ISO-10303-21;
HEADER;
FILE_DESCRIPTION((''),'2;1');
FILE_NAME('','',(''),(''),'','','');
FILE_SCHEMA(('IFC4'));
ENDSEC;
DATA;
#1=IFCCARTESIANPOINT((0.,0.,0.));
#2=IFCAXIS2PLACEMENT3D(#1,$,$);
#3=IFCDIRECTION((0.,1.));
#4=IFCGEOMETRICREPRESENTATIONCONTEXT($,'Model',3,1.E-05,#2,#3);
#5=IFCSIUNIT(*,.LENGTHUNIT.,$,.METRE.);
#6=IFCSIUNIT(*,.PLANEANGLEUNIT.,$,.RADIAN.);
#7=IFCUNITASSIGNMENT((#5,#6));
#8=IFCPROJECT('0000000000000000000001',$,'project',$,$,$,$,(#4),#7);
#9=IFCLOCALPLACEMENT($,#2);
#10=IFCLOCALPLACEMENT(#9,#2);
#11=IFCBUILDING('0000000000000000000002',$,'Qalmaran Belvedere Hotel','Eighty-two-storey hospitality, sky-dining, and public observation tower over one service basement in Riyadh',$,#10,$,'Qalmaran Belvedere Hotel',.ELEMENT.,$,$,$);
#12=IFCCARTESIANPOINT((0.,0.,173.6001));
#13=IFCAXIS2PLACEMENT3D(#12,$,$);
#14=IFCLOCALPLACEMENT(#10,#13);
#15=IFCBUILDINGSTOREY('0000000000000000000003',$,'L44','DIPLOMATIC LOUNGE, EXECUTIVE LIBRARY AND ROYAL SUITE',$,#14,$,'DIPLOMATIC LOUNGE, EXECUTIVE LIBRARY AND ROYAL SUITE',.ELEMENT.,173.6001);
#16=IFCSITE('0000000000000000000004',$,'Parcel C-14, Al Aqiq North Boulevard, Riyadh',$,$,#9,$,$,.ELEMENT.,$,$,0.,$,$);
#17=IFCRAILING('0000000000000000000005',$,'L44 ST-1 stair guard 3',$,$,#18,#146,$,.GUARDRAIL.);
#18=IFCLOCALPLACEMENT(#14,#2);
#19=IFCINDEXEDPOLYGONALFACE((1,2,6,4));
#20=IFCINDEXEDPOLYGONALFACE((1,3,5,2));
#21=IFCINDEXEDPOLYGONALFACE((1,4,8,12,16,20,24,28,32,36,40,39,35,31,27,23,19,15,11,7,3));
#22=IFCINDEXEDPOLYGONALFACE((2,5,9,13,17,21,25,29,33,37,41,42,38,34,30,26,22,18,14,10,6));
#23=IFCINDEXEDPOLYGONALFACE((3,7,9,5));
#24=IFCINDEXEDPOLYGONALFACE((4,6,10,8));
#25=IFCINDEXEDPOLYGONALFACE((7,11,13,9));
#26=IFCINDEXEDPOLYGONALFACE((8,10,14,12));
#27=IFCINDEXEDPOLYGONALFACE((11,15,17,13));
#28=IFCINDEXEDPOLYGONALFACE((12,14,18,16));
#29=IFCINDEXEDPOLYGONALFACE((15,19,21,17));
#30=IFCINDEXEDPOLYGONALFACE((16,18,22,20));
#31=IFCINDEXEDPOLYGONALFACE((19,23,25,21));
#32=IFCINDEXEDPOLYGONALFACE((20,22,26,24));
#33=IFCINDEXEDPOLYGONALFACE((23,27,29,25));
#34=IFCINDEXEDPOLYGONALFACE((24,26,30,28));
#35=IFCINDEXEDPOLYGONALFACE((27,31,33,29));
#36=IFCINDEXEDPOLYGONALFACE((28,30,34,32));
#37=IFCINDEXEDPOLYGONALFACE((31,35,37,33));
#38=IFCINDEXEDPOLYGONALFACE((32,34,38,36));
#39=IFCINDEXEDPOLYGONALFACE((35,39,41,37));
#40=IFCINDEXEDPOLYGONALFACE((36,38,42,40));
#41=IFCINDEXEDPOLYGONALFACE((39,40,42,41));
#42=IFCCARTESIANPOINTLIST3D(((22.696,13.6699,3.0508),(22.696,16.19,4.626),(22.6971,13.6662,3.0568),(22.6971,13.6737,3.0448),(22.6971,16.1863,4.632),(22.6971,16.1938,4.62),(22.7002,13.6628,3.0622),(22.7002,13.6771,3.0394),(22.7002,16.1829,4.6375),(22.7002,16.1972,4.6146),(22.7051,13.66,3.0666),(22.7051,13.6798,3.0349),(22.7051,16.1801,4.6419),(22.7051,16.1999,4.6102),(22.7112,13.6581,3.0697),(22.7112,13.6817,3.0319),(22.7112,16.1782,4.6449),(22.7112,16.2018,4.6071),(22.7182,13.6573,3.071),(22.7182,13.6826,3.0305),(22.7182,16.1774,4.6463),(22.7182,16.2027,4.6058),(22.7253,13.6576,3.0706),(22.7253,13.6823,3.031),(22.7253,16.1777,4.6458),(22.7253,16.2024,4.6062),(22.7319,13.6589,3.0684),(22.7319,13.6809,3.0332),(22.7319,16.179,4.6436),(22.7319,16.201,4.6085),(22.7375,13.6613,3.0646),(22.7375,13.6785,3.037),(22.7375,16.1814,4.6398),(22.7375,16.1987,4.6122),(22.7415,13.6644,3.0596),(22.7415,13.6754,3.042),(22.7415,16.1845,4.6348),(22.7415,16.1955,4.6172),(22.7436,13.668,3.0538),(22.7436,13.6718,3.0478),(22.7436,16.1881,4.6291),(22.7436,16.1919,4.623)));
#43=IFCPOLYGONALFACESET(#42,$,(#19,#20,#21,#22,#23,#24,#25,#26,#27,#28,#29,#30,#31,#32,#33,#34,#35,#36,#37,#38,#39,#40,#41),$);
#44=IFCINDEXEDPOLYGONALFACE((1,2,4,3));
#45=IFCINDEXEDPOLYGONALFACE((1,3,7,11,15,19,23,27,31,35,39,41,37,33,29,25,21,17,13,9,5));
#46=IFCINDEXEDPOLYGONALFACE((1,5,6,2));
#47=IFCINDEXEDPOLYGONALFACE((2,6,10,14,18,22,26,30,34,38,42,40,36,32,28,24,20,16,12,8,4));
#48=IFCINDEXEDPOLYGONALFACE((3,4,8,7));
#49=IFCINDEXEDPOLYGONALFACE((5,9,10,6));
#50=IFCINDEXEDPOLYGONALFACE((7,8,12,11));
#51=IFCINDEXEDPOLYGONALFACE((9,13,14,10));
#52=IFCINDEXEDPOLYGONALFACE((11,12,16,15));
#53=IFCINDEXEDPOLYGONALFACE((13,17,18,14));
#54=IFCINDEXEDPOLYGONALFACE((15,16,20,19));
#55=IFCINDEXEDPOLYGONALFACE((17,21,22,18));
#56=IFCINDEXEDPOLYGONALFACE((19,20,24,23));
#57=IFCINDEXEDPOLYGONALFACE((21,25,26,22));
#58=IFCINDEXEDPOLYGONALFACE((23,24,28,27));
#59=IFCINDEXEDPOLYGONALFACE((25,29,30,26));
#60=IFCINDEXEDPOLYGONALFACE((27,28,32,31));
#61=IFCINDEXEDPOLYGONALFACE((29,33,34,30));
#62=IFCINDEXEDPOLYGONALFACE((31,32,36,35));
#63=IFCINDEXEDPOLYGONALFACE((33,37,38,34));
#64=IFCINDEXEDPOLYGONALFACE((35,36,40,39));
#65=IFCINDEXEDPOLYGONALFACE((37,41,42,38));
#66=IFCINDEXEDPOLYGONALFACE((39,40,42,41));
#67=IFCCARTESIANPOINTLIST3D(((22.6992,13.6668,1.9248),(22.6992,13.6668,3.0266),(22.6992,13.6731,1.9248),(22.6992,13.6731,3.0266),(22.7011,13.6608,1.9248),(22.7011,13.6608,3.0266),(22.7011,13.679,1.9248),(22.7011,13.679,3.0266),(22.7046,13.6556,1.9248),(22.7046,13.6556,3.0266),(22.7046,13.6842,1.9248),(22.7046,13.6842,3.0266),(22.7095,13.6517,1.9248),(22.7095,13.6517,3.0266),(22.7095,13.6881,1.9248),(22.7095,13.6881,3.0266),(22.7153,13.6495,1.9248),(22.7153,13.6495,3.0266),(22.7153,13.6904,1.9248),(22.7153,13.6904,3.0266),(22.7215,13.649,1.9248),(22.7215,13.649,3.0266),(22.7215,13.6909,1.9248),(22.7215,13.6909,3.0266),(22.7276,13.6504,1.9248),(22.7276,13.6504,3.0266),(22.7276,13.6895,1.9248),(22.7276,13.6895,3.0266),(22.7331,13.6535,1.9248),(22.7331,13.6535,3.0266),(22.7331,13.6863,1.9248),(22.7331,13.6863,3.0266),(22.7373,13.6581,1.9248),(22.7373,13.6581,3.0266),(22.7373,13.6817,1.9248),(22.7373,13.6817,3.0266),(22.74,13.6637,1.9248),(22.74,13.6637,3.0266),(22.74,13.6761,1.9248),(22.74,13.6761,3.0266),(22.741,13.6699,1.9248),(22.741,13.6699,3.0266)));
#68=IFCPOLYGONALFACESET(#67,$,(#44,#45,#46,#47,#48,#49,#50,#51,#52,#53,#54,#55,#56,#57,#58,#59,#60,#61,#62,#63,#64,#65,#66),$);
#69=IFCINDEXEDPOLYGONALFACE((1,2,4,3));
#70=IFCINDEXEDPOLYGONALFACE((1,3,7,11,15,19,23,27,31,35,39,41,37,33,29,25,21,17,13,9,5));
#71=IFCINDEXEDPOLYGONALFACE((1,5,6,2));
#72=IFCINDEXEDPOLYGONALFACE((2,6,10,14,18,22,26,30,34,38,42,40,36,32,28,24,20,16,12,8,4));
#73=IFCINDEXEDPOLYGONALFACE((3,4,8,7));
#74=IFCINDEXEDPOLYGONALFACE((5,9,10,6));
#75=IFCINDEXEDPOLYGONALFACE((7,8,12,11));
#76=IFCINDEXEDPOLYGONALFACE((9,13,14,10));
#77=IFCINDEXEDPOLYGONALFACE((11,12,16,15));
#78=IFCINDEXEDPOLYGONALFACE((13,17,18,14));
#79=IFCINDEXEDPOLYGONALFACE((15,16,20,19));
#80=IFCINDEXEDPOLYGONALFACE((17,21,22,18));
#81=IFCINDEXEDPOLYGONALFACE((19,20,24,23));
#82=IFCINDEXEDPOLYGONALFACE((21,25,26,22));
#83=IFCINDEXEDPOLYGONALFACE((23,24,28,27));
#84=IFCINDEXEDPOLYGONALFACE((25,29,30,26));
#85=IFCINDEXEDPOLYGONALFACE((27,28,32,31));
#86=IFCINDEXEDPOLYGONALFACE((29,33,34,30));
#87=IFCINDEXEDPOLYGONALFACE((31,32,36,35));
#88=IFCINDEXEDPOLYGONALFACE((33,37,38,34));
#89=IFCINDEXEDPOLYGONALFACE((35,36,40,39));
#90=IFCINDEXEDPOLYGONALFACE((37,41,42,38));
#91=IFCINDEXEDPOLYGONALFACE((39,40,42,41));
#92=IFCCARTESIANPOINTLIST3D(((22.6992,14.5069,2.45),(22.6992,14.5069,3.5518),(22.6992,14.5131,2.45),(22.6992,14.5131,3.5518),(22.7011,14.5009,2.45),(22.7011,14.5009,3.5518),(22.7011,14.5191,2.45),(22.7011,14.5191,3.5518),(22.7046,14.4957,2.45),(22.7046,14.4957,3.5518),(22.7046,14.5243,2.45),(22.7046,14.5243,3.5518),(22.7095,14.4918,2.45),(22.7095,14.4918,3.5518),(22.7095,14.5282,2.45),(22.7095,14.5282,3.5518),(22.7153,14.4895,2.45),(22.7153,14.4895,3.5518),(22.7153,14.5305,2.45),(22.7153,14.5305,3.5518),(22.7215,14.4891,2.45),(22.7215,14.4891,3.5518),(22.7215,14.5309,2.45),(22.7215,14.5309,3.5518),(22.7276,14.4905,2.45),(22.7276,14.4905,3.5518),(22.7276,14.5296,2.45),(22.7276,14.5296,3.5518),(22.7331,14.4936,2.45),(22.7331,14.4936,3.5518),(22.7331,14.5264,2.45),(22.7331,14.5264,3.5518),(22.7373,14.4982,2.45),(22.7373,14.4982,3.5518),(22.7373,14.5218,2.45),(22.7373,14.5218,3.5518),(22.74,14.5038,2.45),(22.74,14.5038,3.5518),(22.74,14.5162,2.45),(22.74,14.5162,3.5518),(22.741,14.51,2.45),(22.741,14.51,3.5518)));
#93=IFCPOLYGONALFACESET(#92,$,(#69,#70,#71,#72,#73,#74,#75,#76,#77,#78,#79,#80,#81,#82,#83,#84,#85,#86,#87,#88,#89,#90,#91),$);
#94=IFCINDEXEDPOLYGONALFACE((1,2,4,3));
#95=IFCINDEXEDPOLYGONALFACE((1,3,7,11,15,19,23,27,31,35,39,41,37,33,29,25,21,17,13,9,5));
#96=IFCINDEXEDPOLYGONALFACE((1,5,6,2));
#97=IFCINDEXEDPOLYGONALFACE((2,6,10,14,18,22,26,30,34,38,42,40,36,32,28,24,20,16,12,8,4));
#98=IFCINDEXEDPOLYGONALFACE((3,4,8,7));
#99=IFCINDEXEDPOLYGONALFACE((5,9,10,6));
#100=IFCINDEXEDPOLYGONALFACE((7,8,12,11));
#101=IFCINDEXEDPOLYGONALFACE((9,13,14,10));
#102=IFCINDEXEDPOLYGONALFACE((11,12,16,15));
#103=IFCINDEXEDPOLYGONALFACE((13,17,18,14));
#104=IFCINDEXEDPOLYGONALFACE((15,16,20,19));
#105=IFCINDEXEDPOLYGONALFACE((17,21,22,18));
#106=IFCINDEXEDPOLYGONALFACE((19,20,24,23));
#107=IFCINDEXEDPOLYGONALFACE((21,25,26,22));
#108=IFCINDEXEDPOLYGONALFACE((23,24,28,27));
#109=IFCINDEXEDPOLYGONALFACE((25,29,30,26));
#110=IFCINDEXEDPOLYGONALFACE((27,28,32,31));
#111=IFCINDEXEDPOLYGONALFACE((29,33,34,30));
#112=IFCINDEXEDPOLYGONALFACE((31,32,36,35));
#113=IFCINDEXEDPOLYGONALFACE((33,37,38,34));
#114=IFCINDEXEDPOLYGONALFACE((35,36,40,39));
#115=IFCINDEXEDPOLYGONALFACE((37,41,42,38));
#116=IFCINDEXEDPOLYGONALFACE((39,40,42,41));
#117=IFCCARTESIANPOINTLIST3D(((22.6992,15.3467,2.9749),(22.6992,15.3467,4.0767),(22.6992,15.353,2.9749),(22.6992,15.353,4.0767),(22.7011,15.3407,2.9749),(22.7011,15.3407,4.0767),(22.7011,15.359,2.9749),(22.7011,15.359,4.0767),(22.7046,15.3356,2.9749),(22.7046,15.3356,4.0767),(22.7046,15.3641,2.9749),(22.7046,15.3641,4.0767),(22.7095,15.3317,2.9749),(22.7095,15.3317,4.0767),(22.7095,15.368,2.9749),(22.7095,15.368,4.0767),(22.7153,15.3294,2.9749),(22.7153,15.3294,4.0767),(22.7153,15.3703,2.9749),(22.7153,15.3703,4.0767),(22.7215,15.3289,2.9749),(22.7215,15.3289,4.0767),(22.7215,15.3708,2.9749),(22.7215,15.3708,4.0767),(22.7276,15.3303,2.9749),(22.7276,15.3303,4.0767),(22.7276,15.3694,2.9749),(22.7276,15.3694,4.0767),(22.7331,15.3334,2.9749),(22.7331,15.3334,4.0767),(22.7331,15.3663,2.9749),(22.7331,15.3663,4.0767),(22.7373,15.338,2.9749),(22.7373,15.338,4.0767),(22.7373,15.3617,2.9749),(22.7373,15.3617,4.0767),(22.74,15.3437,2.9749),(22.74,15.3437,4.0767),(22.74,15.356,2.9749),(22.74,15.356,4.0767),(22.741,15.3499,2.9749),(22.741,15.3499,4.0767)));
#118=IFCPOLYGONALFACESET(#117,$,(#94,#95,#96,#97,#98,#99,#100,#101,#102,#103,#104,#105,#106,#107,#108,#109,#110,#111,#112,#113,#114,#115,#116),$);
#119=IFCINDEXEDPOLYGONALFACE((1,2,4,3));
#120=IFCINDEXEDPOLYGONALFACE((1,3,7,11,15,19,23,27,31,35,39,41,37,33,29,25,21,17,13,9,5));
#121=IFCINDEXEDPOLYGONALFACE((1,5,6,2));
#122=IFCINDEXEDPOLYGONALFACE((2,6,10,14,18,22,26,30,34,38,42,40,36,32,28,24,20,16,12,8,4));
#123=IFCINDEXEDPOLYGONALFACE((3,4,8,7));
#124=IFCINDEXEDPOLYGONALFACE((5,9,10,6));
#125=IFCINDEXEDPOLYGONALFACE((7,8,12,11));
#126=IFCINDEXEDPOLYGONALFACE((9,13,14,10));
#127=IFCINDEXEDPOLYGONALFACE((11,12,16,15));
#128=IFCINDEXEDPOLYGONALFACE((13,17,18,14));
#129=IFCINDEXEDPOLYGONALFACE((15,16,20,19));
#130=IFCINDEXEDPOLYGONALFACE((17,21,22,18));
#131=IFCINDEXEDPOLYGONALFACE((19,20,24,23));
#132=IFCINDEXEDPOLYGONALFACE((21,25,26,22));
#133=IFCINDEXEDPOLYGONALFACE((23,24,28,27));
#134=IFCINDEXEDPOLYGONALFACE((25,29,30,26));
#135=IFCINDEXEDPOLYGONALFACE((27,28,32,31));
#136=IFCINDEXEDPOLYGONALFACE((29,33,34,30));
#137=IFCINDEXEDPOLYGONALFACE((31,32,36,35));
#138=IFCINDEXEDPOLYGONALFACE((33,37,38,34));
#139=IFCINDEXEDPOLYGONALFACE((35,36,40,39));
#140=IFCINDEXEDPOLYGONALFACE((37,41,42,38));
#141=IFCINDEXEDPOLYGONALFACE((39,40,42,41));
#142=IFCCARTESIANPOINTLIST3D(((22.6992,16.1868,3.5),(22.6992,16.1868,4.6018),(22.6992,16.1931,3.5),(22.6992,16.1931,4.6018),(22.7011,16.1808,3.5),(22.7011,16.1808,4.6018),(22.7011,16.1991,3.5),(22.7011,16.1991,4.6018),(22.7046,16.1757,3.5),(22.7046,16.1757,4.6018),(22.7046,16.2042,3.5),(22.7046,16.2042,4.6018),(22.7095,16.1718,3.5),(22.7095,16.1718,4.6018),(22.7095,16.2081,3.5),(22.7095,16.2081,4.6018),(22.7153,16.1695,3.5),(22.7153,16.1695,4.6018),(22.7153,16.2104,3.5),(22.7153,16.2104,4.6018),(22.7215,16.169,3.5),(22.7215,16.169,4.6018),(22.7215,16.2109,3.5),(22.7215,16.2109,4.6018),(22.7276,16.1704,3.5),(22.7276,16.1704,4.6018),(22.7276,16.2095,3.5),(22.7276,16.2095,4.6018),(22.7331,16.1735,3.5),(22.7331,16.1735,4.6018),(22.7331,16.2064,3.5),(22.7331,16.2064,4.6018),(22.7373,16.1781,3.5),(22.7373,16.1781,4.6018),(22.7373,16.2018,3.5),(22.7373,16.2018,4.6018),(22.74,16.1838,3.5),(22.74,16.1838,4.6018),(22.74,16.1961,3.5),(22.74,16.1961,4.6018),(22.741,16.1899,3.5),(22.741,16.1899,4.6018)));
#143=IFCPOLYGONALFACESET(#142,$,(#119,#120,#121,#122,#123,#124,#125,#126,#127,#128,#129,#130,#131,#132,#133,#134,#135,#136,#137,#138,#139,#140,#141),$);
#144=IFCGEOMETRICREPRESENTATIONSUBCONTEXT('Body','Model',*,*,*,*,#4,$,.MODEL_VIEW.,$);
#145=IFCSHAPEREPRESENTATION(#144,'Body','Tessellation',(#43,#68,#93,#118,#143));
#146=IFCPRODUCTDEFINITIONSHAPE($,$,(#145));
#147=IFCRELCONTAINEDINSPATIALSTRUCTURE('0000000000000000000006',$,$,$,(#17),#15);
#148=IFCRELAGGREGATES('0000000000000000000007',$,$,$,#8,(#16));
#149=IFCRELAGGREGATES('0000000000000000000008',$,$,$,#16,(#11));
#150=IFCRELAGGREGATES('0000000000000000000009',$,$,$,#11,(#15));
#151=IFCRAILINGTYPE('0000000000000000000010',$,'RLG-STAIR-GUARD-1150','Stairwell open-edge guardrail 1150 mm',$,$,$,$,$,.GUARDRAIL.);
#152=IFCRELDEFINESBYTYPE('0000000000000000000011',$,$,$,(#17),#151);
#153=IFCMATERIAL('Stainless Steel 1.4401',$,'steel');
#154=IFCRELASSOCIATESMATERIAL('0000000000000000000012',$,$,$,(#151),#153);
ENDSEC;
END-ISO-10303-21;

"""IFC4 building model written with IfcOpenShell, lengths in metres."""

from ifc_helpers import new_model, si_unit, direction, frame, origin, origin_2d, place, context, subcontext, project, spatial, circle, extrude, material, type_object, element, save


model = new_model("IFC4")

# Units and contexts
model_context = context("Model", 3, precision=1e-05, world=origin(), true_north=direction((0.0, 1.0)))
body_context = subcontext(model_context, "Body", "Model", "MODEL_VIEW")
ifc_project = project(units=[si_unit("LENGTHUNIT", "METRE"), si_unit("PLANEANGLEUNIT", "RADIAN")], contexts=[model_context])

# Site, building, storey
site_placement = place(None, origin())
site = spatial("IfcSite", under=ifc_project, at=site_placement, Name="Parcel C-14, Al Aqiq North Boulevard, Riyadh", CompositionType="ELEMENT", RefElevation=0.0)
building_placement = place(site_placement, origin())
building = spatial("IfcBuilding", under=site, at=building_placement, Name="Qalmaran Belvedere Hotel", Description="Eighty-two-storey hospitality, sky-dining, and public observation tower over one service basement in Riyadh", LongName="Qalmaran Belvedere Hotel", CompositionType="ELEMENT")
storey_placement = place(building_placement, frame((0.0, 0.0, 173.6001)))
storey = spatial("IfcBuildingStorey", under=building, at=storey_placement, Name="L44", Description="DIPLOMATIC LOUNGE, EXECUTIVE LIBRARY AND ROYAL SUITE", LongName="DIPLOMATIC LOUNGE, EXECUTIVE LIBRARY AND ROYAL SUITE", CompositionType="ELEMENT", Elevation=173.6001)

# Shared definitions
ifc_material_1 = material(Name="Stainless Steel 1.4401", Category="steel")

# Railing
railing_type_1 = type_object("IfcRailingType", Name="RLG-STAIR-GUARD-1150", Description="Stairwell open-edge guardrail 1150 mm", PredefinedType="GUARDRAIL", material=ifc_material_1)
railing_1_placement = place(storey_placement, frame((22.72, 13.6699, 1.9248)))
element("IfcRailing", 1, at=railing_1_placement, inside=storey, type_object=railing_type_1, Name="L44 ST-1 stair guard 3", PredefinedType="GUARDRAIL", context=body_context, shape_type="SweptSolid", body=[
    extrude(circle(Radius=0.0239, at=origin_2d()), frame((0.0, 0.0, 1.126), z_axis=(0.0, 0.847971, 0.530043), x_axis=(-1.0, 0.0, 0.0)), (0.0, 0.0, 1.0), 2.9719),
    extrude(circle(Radius=0.021, at=origin_2d()), origin(), (0.0, 0.0, 1.0), 1.1018),
    extrude(circle(Radius=0.021, at=origin_2d()), frame((0.0, 0.8401, 0.5251)), (0.0, 0.0, 1.0), 1.1018),
    extrude(circle(Radius=0.021, at=origin_2d()), frame((0.0, 1.6799, 1.05)), (0.0, 0.0, 1.0), 1.1018),
    extrude(circle(Radius=0.021, at=origin_2d()), frame((0.0, 2.52, 1.5752)), (0.0, 0.0, 1.0), 1.1018),
])

save(model, "model.ifc")
